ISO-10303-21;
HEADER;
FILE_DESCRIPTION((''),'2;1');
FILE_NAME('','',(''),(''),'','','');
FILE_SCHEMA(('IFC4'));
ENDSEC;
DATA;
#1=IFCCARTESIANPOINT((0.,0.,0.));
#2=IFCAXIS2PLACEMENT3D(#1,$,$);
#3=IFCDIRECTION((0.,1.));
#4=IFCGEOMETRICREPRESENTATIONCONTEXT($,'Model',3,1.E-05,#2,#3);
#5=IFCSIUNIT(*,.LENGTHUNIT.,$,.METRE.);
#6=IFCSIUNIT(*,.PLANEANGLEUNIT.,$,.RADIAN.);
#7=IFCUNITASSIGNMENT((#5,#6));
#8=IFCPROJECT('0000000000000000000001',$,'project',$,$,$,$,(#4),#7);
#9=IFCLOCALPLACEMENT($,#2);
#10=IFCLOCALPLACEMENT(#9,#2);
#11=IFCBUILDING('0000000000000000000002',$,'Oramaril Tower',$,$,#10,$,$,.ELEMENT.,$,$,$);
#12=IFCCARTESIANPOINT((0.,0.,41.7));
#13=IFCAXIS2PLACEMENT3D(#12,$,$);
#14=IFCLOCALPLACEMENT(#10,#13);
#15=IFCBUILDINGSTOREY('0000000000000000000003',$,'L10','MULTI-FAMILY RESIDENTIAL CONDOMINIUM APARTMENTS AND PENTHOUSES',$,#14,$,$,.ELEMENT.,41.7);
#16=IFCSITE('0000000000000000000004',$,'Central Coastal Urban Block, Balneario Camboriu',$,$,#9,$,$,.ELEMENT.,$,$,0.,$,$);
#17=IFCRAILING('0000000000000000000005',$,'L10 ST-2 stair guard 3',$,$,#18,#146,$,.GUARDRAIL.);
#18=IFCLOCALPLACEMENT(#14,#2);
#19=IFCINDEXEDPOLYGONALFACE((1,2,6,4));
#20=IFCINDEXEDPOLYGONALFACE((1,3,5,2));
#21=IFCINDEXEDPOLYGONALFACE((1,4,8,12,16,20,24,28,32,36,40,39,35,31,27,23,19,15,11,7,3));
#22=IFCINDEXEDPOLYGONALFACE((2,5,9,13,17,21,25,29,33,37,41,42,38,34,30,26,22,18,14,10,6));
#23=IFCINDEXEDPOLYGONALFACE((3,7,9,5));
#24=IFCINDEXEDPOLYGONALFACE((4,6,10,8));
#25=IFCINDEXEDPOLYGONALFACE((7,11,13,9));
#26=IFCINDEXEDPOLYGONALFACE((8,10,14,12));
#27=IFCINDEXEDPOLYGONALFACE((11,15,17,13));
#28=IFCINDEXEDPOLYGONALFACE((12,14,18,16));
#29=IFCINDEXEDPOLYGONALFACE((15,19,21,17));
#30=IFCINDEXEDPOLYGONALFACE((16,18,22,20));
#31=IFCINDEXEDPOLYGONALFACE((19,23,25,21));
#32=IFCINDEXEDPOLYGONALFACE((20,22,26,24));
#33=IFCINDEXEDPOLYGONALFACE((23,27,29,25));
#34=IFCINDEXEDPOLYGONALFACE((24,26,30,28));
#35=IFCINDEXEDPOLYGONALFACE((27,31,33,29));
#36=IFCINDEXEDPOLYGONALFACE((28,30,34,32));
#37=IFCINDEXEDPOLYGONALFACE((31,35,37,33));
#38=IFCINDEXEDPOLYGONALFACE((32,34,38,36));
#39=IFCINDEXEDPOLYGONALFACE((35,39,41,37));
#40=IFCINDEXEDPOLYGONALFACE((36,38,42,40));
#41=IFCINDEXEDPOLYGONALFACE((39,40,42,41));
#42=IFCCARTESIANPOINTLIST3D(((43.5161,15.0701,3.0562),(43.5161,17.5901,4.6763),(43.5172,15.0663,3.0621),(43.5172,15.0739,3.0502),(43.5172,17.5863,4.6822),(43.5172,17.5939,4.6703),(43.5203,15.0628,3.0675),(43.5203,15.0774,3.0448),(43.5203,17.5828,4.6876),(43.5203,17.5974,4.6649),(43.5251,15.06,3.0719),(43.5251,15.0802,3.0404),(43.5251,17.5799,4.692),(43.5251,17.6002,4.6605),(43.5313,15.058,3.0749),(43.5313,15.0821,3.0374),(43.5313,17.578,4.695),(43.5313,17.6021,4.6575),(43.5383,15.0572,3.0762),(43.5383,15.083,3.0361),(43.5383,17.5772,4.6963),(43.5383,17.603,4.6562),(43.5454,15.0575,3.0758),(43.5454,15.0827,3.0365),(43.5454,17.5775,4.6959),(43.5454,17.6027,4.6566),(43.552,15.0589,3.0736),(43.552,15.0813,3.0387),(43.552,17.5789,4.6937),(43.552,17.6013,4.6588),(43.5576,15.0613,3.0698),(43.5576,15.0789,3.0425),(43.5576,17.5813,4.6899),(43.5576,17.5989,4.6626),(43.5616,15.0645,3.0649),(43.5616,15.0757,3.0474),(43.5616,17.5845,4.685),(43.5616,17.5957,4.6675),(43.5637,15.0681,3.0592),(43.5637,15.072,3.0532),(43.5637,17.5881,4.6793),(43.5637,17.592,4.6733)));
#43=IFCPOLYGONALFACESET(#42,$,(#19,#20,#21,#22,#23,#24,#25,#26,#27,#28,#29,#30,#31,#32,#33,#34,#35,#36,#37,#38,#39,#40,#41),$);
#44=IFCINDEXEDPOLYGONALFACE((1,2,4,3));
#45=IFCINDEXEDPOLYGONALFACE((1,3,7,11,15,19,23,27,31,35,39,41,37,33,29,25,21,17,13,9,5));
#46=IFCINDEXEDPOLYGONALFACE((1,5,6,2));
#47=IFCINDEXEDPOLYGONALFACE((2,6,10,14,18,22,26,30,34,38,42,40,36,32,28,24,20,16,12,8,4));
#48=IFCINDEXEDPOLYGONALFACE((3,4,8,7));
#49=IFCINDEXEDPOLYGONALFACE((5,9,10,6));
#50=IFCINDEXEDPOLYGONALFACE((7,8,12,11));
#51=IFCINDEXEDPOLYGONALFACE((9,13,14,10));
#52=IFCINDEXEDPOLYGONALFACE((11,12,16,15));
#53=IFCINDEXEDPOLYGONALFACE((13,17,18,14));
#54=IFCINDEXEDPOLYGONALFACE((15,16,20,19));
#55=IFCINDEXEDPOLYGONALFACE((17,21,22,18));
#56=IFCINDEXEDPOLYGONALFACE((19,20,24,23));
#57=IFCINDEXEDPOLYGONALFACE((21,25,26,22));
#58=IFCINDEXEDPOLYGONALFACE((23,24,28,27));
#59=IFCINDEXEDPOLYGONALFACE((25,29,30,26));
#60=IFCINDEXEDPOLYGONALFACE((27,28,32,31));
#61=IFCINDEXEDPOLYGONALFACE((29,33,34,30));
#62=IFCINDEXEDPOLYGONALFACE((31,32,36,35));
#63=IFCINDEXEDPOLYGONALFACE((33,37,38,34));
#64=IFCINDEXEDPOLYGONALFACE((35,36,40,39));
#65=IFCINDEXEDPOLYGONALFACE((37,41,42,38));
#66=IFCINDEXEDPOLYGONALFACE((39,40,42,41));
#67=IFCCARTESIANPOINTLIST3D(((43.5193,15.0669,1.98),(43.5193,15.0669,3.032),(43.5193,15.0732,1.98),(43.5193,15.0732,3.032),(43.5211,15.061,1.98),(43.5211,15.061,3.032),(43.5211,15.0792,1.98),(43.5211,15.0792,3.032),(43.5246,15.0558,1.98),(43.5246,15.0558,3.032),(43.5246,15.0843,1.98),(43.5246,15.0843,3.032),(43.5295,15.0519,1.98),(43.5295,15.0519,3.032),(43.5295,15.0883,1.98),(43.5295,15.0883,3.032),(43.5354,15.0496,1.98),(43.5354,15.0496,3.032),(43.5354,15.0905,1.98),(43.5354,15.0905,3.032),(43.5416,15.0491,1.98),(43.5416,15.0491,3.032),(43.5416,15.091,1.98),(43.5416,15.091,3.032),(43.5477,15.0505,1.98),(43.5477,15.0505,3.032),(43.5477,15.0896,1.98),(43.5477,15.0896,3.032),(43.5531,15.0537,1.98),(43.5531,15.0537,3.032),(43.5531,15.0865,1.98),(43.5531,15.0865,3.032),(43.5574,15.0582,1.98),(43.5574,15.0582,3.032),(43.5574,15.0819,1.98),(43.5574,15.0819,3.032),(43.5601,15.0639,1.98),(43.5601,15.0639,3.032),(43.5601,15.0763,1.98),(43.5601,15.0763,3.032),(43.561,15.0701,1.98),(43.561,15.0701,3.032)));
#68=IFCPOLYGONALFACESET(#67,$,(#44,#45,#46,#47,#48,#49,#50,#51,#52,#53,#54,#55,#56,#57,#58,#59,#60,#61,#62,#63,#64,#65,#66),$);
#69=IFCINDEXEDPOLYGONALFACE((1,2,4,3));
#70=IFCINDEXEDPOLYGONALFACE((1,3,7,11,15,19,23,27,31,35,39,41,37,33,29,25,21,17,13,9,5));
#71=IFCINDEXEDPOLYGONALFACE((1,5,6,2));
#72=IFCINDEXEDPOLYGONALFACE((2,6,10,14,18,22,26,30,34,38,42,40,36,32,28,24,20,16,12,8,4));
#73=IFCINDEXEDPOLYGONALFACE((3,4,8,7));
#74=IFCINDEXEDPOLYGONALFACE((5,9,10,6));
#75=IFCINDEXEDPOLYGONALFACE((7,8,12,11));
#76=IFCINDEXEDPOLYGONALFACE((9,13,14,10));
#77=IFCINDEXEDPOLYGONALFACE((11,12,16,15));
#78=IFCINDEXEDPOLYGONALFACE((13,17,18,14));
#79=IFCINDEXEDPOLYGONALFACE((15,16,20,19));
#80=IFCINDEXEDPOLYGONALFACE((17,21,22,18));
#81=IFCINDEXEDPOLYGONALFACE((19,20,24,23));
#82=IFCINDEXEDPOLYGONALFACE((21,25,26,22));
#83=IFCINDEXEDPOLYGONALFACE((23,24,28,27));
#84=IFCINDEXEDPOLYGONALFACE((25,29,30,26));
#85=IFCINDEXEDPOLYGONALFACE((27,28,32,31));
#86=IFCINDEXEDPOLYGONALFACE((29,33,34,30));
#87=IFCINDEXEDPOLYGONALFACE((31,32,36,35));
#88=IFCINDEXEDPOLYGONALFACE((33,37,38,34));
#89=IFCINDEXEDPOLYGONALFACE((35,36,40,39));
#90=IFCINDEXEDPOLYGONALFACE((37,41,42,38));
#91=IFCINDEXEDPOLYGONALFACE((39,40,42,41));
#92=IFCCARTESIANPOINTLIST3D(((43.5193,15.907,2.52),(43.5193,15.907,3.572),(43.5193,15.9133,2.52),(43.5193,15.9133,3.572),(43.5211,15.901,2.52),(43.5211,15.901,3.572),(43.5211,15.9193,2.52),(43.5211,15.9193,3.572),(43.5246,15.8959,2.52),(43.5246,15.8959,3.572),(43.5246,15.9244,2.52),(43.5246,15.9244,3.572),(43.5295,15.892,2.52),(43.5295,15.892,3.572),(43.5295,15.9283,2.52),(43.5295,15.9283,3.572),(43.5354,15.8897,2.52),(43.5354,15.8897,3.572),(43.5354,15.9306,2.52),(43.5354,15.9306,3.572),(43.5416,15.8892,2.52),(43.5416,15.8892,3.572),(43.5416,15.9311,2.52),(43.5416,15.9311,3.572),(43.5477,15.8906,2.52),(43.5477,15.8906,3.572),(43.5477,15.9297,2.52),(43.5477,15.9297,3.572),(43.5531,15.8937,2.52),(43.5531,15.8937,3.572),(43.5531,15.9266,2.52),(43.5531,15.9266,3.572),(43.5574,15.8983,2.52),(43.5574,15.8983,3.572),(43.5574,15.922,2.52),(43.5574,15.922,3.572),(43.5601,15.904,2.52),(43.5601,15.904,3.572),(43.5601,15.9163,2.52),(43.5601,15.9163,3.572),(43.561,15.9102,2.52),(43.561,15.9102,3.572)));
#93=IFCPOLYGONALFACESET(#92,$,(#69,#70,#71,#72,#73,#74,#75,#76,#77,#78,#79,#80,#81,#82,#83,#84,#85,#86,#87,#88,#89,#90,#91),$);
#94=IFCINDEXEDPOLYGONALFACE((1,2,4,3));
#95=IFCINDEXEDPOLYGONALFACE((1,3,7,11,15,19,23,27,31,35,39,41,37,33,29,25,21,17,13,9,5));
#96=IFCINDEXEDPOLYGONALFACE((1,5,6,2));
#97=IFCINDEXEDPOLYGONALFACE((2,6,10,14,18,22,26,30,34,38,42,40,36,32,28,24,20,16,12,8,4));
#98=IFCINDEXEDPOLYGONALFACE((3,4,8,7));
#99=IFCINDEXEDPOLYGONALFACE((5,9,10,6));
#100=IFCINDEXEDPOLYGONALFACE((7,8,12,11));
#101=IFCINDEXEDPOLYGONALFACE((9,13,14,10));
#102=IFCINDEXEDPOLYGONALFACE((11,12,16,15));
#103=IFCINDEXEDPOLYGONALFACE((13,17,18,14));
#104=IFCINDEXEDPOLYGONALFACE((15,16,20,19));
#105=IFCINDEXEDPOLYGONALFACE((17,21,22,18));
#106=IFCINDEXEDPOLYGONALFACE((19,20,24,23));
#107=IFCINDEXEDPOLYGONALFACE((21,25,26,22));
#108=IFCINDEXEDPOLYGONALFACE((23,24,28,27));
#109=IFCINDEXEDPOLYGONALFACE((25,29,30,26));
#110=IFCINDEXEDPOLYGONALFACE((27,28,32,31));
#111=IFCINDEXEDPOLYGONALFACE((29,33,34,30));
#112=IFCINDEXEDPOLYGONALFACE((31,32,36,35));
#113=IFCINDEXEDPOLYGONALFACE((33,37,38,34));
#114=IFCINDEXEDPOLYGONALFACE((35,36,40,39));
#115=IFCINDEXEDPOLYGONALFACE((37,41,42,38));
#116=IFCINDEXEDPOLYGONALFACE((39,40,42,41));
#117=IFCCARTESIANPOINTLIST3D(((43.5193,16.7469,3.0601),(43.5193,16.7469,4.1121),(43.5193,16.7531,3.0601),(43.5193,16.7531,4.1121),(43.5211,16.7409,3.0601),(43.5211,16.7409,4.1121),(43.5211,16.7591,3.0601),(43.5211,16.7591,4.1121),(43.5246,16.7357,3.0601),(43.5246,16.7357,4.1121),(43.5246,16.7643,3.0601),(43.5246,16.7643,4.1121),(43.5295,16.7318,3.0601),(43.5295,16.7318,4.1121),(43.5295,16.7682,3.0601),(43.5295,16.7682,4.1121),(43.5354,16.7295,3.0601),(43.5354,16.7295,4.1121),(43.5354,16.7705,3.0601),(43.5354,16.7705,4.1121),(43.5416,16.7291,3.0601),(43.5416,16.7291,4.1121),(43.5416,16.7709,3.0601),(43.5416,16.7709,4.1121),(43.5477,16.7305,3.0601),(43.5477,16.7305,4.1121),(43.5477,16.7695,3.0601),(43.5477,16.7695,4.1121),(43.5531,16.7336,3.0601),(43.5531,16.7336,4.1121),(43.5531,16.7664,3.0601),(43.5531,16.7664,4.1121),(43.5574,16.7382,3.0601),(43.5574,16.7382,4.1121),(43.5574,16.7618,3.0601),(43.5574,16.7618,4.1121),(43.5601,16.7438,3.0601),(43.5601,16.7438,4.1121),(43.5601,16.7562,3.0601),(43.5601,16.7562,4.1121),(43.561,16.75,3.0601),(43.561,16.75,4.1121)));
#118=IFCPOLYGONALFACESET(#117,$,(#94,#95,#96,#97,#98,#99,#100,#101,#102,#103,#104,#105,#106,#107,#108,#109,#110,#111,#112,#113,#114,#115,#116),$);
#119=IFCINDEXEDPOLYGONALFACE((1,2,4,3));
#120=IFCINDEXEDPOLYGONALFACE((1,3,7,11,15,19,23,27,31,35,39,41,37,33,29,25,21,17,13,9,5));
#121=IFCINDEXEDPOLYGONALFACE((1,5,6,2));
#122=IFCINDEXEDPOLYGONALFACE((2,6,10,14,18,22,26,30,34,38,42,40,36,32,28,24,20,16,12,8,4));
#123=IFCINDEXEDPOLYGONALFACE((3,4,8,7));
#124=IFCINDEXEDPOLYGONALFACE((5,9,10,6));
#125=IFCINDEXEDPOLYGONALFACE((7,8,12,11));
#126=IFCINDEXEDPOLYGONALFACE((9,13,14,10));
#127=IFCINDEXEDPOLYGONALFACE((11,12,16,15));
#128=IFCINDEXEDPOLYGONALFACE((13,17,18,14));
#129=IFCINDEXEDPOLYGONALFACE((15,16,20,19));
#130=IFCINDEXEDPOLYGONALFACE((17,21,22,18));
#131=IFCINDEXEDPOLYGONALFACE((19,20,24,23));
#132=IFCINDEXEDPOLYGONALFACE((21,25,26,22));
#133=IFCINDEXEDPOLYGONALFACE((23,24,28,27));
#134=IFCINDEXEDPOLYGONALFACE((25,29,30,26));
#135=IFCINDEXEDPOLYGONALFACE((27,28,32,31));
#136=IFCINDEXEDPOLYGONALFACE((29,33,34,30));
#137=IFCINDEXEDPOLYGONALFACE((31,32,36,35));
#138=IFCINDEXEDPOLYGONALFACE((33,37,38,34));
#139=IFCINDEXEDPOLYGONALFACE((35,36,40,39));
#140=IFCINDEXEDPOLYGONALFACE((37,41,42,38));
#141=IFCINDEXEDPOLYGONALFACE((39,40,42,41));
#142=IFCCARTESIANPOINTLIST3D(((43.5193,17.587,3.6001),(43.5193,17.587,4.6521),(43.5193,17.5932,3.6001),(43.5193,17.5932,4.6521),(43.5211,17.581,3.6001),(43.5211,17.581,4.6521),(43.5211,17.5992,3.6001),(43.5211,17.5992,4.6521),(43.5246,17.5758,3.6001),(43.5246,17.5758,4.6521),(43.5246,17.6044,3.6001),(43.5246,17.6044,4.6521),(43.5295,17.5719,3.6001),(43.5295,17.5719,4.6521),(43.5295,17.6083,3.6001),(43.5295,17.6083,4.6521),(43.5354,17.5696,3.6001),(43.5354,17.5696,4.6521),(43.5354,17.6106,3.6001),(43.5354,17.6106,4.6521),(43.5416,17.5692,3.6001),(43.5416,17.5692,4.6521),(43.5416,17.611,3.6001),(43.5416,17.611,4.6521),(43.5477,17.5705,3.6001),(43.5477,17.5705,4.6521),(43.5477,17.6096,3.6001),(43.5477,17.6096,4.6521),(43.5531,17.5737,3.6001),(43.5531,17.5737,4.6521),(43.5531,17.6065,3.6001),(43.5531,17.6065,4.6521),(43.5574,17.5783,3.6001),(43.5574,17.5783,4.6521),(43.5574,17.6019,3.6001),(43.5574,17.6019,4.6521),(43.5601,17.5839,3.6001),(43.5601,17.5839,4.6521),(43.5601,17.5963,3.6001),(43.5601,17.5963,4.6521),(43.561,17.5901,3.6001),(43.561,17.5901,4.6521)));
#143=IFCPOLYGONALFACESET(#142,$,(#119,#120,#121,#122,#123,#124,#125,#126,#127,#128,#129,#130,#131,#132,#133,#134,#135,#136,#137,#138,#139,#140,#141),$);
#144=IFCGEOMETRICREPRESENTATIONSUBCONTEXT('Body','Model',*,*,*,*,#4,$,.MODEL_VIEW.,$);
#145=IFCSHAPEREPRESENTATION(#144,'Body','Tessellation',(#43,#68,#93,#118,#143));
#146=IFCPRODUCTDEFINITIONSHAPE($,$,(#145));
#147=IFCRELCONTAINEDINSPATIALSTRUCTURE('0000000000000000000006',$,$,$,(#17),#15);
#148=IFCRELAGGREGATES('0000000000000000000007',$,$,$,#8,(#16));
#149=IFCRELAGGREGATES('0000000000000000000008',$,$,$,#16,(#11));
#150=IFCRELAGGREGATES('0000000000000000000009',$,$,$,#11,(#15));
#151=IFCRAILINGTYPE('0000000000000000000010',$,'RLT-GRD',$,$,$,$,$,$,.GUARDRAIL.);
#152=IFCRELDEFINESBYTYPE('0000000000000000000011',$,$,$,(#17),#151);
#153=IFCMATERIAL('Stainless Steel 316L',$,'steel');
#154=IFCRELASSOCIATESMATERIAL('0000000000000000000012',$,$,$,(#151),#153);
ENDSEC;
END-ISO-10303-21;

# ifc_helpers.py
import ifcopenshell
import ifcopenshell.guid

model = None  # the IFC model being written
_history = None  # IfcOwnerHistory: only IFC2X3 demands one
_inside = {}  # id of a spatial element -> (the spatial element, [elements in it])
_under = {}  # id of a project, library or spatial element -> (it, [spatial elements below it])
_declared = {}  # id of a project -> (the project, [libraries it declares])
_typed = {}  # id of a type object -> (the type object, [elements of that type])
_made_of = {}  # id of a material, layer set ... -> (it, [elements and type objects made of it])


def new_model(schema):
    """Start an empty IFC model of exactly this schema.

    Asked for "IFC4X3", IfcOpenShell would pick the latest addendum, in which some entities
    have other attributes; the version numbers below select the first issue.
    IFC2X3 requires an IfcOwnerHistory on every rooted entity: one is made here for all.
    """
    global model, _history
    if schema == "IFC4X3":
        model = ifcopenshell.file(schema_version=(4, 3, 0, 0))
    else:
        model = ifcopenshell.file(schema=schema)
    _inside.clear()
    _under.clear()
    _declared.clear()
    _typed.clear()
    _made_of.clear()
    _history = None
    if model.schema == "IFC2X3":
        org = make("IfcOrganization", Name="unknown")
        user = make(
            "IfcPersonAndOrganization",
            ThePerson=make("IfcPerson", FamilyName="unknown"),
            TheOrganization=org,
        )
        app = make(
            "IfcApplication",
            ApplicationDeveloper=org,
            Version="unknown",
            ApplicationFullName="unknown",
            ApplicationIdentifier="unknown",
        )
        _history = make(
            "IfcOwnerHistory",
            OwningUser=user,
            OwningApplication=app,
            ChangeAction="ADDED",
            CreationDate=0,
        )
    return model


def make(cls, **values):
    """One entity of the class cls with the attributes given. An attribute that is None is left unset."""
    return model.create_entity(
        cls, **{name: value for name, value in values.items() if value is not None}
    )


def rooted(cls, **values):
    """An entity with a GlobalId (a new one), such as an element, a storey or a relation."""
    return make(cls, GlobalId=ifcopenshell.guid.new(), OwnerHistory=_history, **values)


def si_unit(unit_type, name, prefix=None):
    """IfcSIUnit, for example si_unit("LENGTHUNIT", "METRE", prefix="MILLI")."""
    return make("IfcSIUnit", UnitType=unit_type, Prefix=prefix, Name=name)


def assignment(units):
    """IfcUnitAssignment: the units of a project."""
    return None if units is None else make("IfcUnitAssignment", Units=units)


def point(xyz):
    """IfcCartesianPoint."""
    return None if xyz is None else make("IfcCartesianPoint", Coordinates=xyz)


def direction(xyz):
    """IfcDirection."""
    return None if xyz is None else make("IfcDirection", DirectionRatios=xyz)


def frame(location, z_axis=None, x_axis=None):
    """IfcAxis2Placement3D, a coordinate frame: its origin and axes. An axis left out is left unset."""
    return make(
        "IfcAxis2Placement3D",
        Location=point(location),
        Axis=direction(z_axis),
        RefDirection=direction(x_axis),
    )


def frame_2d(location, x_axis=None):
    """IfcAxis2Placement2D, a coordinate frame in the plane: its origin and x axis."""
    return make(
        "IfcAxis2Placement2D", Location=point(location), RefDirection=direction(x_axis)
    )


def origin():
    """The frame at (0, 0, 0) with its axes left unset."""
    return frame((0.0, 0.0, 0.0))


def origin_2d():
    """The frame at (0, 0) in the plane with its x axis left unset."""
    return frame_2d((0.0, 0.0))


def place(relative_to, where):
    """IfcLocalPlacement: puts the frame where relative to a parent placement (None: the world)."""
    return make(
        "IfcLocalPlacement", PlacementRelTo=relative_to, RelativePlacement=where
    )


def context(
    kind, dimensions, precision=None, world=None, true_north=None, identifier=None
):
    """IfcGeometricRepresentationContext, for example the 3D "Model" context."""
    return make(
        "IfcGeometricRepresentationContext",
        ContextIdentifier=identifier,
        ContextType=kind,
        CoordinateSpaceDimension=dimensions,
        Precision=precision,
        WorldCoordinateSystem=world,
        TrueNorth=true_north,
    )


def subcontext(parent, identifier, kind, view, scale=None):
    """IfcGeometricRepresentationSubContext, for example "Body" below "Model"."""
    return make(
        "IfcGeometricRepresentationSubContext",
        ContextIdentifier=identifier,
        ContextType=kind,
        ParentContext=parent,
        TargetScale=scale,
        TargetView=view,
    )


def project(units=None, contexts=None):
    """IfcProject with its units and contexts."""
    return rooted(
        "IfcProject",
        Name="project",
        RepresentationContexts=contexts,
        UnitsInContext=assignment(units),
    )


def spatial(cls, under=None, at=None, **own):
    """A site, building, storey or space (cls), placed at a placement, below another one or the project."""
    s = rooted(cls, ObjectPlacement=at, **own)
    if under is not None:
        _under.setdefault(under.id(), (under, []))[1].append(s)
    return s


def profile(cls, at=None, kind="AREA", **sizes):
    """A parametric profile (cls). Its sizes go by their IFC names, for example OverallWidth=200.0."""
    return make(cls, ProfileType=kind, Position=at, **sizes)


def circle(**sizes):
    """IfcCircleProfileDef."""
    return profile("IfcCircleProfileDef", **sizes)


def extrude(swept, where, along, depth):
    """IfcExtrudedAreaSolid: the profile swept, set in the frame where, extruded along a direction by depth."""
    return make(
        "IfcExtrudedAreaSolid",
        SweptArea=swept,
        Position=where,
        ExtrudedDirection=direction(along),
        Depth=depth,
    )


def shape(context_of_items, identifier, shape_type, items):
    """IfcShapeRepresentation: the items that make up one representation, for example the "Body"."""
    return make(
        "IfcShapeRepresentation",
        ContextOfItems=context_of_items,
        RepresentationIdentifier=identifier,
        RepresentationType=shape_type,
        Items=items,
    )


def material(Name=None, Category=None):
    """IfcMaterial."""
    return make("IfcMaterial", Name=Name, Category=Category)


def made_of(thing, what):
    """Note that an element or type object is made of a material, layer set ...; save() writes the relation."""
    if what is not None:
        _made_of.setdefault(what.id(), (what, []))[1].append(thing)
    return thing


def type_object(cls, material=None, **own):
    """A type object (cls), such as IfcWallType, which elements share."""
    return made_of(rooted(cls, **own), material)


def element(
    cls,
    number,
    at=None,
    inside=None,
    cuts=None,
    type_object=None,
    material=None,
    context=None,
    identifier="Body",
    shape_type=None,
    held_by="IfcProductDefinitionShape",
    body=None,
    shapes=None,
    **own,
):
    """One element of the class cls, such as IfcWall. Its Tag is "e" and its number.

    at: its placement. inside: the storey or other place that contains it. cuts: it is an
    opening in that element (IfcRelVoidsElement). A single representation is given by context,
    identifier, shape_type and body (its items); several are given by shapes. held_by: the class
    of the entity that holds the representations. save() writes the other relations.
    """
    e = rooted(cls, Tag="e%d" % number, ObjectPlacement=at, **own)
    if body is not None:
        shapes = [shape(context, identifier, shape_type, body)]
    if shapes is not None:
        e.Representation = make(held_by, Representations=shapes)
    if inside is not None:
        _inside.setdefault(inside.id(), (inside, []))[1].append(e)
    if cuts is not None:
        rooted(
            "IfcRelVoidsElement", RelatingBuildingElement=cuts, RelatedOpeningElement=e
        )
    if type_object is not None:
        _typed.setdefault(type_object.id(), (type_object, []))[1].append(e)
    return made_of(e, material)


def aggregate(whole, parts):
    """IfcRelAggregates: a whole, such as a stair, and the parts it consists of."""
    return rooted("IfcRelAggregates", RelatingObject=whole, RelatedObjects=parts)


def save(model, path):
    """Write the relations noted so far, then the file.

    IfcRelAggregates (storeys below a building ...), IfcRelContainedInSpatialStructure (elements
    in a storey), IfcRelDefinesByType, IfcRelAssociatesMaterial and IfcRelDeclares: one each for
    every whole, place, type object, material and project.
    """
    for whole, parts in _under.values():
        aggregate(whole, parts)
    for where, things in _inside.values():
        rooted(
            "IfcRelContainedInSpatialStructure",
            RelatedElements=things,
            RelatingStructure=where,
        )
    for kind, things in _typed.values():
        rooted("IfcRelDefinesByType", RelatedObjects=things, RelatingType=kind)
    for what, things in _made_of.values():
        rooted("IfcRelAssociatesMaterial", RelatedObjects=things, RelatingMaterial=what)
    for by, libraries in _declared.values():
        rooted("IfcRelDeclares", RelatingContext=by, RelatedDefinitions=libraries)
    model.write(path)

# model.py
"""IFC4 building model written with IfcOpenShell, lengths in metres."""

from ifc_helpers import new_model, si_unit, direction, frame, origin, origin_2d, place, context, subcontext, project, spatial, circle, extrude, material, type_object, element, save


model = new_model("IFC4")

# Units and contexts
model_context = context("Model", 3, precision=1e-05, world=origin(), true_north=direction((0.0, 1.0)))
body_context = subcontext(model_context, "Body", "Model", "MODEL_VIEW")
ifc_project = project(units=[si_unit("LENGTHUNIT", "METRE"), si_unit("PLANEANGLEUNIT", "RADIAN")], contexts=[model_context])

# Site, building, storey
site_placement = place(None, origin())
site = spatial("IfcSite", under=ifc_project, at=site_placement, Name="Central Coastal Urban Block, Balneario Camboriu", CompositionType="ELEMENT", RefElevation=0.0)
building_placement = place(site_placement, origin())
building = spatial("IfcBuilding", under=site, at=building_placement, Name="Oramaril Tower", CompositionType="ELEMENT")
storey_placement = place(building_placement, frame((0.0, 0.0, 41.7)))
storey = spatial("IfcBuildingStorey", under=building, at=storey_placement, Name="L10", Description="MULTI-FAMILY RESIDENTIAL CONDOMINIUM APARTMENTS AND PENTHOUSES", CompositionType="ELEMENT", Elevation=41.7)

# Railing
ifc_material_1 = material(Name="Stainless Steel 316L", Category="steel")
railing_type_1 = type_object("IfcRailingType", Name="RLT-GRD", PredefinedType="GUARDRAIL", material=ifc_material_1)
railing_1_placement = place(storey_placement, frame((43.54, 15.0701, 1.98)))
element("IfcRailing", 1, at=railing_1_placement, inside=storey, type_object=railing_type_1, Name="L10 ST-2 stair guard 3", PredefinedType="GUARDRAIL", context=body_context, shape_type="SweptSolid", body=[
    extrude(circle(Radius=0.0239, at=origin_2d()), frame((0.0, 0.0, 1.0762), z_axis=(0.0, 0.841163, 0.540782), x_axis=(-1.0, 0.0, 0.0)), (0.0, 0.0, 1.0), 2.9958),
    extrude(circle(Radius=0.021, at=origin_2d()), origin(), (0.0, 0.0, 1.0), 1.052),
    extrude(circle(Radius=0.021, at=origin_2d()), frame((0.0, 0.8401, 0.54)), (0.0, 0.0, 1.0), 1.052),
    extrude(circle(Radius=0.021, at=origin_2d()), frame((0.0, 1.6799, 1.0801)), (0.0, 0.0, 1.0), 1.052),
    extrude(circle(Radius=0.021, at=origin_2d()), frame((0.0, 2.52, 1.6201)), (0.0, 0.0, 1.0), 1.052),
])

save(model, "model.ifc")
